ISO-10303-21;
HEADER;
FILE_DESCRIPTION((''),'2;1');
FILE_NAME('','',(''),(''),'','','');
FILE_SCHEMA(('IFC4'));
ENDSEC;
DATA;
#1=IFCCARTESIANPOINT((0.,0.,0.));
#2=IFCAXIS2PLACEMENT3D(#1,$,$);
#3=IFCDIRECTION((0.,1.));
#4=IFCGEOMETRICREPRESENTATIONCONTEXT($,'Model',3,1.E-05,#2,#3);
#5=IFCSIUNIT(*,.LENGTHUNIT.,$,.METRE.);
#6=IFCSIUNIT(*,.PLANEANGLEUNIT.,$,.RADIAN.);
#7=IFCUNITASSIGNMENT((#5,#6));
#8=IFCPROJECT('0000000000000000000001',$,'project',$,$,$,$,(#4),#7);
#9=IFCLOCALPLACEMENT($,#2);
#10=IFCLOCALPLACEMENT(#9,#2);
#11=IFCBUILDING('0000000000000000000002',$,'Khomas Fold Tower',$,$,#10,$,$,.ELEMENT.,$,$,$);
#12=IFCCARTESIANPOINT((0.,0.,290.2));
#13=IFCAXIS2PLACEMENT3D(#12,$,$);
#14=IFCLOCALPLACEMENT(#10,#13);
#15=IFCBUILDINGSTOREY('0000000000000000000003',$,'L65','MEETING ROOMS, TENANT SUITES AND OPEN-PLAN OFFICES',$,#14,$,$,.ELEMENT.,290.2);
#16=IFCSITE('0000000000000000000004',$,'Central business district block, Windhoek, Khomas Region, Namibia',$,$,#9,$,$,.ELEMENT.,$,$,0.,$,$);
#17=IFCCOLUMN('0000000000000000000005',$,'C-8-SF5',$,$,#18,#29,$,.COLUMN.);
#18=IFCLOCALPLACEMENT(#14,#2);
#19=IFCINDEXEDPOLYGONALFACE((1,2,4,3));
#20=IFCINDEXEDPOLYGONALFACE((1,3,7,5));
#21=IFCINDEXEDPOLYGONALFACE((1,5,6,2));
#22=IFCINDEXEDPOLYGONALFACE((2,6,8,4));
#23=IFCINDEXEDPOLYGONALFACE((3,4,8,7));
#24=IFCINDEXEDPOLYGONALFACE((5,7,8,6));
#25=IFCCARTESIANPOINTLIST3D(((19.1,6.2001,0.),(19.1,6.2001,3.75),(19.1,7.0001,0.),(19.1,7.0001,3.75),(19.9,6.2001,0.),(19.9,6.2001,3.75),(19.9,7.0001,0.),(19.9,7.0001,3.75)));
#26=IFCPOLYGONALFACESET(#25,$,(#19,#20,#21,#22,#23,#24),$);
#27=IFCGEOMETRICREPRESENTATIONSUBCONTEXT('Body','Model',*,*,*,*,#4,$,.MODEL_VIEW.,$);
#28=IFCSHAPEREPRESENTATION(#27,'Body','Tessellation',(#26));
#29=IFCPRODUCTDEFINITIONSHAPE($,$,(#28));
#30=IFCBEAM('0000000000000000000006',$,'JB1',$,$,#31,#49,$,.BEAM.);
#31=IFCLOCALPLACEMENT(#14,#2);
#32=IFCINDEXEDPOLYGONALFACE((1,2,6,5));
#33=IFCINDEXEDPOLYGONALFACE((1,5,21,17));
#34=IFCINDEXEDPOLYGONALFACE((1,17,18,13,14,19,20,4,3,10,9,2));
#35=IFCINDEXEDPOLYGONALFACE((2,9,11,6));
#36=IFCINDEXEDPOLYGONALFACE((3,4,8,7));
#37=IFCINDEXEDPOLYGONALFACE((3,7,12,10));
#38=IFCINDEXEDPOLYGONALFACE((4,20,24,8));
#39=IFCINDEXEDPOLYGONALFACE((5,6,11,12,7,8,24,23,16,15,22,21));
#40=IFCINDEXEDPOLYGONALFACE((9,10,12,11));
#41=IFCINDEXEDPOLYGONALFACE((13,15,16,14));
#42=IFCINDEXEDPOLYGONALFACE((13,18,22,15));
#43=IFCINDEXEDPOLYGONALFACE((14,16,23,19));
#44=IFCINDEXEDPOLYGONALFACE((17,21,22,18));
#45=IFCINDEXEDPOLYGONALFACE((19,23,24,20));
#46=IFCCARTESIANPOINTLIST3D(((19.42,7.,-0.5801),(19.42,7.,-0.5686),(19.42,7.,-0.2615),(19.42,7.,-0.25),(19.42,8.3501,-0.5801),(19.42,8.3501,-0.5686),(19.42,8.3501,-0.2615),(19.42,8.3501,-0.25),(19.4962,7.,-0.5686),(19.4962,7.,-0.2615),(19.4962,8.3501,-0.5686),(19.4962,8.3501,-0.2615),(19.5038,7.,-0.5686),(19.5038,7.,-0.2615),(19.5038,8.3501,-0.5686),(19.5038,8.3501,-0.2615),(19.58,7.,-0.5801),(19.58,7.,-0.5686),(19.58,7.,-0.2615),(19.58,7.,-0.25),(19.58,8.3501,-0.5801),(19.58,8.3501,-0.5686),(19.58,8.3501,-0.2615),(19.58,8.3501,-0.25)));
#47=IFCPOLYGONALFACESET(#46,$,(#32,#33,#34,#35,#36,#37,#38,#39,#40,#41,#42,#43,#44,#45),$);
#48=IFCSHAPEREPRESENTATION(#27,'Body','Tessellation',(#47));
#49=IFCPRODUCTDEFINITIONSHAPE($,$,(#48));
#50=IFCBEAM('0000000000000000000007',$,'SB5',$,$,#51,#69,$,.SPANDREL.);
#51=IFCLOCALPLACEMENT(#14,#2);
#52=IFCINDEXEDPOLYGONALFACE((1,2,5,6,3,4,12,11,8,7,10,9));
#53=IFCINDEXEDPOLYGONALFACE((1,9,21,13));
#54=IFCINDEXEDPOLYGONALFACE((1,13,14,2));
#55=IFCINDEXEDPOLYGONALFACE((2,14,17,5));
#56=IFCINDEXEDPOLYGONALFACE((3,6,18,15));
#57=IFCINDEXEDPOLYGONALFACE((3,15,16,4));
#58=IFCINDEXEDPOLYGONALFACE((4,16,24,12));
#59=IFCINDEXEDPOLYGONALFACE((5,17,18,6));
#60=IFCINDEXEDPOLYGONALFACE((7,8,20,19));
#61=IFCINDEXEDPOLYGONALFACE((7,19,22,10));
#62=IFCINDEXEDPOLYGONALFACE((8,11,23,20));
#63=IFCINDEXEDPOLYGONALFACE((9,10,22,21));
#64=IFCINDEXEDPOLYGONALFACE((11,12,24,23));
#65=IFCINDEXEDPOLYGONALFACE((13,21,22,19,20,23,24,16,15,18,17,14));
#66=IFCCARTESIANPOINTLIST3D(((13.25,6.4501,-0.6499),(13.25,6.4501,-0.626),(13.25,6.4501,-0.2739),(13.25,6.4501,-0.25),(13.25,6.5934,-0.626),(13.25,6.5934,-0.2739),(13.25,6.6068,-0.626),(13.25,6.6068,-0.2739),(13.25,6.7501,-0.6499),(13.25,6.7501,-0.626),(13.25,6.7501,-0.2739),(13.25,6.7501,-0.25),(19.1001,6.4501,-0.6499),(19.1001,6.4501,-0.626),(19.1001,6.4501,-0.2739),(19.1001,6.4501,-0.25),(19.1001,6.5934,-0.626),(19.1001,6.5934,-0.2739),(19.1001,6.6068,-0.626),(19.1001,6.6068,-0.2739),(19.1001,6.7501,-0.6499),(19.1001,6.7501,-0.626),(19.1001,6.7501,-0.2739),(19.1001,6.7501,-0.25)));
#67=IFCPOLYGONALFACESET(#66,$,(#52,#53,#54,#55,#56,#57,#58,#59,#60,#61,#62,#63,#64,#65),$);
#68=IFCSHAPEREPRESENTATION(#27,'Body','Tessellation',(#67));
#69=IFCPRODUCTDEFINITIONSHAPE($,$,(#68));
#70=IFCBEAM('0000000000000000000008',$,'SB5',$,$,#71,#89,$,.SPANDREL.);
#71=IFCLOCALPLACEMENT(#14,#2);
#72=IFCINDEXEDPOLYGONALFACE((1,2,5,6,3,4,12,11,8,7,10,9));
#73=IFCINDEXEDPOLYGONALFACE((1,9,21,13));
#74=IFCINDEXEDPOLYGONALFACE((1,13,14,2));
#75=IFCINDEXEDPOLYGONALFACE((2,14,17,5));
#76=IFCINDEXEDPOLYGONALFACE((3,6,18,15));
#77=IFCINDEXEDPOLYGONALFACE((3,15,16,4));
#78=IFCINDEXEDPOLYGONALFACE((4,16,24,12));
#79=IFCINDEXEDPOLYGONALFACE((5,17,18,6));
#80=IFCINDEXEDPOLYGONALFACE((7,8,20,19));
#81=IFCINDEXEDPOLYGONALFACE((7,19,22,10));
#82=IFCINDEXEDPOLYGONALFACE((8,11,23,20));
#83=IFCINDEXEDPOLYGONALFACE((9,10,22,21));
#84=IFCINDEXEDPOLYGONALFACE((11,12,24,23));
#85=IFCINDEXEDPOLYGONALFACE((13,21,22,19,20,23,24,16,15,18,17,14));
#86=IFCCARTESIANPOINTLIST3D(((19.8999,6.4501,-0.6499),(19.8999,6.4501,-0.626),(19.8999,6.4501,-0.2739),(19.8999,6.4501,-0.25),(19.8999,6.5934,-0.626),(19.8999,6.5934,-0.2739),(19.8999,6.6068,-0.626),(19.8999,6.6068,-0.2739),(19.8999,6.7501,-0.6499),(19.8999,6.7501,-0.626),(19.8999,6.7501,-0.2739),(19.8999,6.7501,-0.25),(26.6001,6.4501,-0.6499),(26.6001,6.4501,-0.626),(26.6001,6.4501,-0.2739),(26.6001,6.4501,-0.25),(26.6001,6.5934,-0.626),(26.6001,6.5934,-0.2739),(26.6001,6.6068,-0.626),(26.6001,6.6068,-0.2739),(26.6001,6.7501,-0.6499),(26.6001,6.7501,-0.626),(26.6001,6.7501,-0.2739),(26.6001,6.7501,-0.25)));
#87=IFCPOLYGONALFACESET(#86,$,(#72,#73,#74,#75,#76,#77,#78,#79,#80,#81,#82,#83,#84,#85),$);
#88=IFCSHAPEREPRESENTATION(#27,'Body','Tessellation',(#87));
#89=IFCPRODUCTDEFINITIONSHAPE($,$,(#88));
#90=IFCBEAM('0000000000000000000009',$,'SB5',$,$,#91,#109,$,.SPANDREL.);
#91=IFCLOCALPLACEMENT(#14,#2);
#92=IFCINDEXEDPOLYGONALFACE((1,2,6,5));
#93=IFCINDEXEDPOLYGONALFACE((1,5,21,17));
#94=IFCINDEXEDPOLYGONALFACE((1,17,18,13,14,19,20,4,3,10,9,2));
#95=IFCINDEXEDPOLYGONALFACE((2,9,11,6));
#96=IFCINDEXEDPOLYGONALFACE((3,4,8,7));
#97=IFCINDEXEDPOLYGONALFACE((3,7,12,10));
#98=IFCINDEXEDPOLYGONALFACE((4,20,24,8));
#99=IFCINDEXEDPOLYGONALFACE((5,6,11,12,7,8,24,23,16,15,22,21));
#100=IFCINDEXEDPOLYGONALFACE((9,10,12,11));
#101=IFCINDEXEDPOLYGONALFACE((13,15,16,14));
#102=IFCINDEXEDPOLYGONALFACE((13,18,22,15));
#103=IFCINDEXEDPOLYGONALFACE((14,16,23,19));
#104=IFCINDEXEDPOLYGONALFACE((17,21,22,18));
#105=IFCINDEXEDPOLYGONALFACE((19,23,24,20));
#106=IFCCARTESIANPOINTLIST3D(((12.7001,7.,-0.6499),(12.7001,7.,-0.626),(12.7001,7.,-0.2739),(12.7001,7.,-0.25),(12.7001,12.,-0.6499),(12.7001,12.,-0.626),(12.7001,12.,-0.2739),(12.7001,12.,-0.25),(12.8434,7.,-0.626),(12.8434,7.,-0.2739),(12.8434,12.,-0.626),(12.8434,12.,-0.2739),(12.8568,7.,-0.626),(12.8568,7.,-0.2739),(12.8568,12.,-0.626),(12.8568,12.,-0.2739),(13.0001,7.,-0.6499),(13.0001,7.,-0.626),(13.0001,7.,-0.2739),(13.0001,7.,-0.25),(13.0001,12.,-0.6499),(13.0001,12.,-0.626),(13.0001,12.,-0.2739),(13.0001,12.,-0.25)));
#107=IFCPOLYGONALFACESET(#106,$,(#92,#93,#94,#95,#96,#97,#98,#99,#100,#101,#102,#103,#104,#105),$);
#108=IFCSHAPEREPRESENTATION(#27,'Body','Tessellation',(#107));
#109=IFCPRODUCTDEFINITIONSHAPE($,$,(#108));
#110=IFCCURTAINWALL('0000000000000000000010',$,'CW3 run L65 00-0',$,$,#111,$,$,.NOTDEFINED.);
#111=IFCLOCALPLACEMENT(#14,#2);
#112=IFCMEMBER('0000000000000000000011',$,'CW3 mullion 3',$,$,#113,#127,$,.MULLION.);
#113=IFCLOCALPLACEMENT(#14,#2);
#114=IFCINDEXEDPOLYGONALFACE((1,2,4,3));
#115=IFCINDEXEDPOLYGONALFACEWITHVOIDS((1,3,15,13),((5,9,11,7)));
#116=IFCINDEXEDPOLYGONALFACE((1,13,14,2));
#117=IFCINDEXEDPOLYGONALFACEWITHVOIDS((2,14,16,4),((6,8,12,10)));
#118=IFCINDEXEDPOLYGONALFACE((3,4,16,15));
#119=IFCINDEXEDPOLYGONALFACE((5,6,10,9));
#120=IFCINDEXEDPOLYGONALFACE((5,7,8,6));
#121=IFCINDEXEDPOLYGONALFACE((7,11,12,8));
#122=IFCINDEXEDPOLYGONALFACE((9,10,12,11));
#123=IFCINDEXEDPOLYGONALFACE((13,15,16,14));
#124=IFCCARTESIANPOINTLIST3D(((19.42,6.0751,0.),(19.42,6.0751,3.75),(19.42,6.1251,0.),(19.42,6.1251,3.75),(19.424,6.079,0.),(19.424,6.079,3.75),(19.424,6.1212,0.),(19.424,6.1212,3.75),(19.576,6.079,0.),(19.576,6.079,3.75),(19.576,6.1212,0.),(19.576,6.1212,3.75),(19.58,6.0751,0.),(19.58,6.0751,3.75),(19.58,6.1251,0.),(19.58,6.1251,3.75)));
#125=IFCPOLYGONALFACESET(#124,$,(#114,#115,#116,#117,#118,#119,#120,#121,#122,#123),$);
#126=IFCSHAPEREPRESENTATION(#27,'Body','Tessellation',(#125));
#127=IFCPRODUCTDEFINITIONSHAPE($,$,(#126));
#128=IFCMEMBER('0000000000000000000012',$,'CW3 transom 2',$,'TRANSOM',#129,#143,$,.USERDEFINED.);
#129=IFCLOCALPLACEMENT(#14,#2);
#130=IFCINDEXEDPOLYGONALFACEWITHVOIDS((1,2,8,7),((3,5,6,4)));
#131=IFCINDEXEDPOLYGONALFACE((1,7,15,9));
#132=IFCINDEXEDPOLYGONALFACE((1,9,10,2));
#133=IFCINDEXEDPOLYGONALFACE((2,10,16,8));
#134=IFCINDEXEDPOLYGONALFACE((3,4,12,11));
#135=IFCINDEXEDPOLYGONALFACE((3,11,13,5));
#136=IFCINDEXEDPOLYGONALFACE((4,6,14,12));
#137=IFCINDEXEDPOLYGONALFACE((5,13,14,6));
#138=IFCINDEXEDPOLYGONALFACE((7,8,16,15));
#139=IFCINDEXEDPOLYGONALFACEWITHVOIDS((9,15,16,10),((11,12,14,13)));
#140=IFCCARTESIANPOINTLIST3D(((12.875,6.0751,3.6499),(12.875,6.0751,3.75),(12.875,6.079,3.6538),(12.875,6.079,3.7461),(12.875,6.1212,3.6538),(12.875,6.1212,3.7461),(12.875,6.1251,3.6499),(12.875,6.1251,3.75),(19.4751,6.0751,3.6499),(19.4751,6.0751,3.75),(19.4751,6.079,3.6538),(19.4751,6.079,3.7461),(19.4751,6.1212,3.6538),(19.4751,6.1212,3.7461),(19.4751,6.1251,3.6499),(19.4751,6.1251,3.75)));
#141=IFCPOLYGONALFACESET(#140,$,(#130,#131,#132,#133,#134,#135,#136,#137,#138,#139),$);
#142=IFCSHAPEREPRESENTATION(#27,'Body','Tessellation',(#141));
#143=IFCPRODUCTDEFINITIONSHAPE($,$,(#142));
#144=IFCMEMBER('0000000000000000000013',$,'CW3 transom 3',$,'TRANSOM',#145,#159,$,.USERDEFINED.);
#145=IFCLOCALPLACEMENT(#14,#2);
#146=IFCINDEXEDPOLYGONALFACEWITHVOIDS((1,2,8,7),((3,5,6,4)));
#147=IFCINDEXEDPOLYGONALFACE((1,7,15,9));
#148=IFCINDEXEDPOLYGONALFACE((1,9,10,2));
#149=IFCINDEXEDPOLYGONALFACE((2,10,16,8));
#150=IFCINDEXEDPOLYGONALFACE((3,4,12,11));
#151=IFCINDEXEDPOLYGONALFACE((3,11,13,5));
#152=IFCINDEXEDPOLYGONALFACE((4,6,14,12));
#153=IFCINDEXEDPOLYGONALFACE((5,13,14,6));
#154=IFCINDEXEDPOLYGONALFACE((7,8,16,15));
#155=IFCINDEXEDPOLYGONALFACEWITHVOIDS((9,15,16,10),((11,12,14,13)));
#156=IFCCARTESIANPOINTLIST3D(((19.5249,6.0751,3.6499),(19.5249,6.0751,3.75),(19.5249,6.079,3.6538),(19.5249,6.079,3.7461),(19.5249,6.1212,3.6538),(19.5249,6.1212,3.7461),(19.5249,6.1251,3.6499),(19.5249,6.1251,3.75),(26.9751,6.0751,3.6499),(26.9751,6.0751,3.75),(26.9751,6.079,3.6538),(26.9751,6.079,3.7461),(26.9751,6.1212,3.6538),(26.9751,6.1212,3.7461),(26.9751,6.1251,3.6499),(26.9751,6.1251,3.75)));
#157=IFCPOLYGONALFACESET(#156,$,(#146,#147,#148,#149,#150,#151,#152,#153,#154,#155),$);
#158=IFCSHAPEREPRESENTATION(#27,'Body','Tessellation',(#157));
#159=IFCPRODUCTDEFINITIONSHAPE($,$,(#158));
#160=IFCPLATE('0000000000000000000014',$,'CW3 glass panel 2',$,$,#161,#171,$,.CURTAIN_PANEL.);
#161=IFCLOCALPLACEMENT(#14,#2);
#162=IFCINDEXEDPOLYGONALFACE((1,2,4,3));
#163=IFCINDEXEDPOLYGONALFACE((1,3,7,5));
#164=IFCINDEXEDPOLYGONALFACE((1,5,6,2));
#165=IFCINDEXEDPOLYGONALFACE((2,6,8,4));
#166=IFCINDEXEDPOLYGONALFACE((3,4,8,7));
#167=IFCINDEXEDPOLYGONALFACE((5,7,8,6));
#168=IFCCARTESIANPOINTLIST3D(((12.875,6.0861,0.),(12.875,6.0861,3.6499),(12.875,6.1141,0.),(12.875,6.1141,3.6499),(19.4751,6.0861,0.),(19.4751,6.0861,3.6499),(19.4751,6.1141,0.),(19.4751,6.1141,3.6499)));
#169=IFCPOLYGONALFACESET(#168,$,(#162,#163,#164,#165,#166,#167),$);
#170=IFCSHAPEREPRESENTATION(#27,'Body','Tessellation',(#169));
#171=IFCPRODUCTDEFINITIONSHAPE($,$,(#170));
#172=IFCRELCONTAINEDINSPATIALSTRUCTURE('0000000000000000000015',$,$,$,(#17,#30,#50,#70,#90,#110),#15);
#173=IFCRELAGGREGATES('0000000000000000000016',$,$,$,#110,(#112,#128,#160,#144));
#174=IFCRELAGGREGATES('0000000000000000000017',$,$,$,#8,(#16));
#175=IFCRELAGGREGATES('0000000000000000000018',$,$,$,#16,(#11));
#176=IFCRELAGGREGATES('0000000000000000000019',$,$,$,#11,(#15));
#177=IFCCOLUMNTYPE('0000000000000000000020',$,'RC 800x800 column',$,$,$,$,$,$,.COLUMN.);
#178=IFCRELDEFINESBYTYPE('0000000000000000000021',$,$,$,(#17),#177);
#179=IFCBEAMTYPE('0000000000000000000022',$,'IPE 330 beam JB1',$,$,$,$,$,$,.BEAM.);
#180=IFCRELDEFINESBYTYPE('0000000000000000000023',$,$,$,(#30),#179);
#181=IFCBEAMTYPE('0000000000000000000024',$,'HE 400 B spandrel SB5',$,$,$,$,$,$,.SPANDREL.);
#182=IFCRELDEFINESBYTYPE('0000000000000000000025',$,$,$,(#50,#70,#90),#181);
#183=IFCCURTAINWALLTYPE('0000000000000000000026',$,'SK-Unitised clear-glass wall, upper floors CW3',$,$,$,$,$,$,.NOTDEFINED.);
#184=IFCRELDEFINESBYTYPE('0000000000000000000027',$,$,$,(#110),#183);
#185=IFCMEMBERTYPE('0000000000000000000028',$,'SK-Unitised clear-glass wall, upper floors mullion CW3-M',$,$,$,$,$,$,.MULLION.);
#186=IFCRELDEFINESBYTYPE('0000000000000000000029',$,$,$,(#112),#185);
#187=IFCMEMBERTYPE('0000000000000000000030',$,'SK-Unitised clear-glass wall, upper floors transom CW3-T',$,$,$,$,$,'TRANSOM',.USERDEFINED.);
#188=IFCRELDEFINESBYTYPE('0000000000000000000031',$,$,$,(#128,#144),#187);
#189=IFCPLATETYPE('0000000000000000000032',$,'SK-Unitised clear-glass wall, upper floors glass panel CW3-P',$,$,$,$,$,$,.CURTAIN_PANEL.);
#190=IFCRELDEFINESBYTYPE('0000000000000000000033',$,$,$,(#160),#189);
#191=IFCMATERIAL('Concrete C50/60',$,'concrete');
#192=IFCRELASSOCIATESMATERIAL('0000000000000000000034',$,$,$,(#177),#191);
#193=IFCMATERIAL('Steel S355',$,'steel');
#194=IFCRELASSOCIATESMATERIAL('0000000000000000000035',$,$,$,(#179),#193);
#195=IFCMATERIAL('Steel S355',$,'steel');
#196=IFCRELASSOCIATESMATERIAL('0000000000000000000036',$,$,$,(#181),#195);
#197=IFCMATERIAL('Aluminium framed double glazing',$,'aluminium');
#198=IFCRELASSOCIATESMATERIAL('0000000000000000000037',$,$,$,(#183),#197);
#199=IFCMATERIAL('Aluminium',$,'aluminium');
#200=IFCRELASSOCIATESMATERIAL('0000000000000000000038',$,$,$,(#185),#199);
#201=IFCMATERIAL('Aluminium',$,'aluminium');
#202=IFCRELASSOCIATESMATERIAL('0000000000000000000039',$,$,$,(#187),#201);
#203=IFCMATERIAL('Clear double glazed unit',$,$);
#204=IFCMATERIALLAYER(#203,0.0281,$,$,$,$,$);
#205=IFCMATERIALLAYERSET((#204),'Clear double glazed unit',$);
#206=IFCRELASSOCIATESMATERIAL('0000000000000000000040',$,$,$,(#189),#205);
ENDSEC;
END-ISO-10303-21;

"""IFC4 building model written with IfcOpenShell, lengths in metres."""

from ifc_helpers import new_model, si_unit, direction, frame, origin, origin_2d, place, context, subcontext, project, spatial, rectangle, hollow_rectangle, i_section, extrude, source, transform, mapped, material, layer, layer_set, material_profile, profile_set, type_object, element, aggregate, save


model = new_model("IFC4")

# Units and contexts
model_context = context("Model", 3, precision=1e-05, world=origin(), true_north=direction((0.0, 1.0)))
body_context = subcontext(model_context, "Body", "Model", "MODEL_VIEW")
ifc_project = project(units=[si_unit("LENGTHUNIT", "METRE"), si_unit("PLANEANGLEUNIT", "RADIAN")], contexts=[model_context])

# Site, building, storey
site_placement = place(None, origin())
site = spatial("IfcSite", under=ifc_project, at=site_placement, Name="Central business district block, Windhoek, Khomas Region, Namibia", CompositionType="ELEMENT", RefElevation=0.0)
building_placement = place(site_placement, origin())
building = spatial("IfcBuilding", under=site, at=building_placement, Name="Khomas Fold Tower", CompositionType="ELEMENT")
storey_placement = place(building_placement, frame((0.0, 0.0, 290.2)))
storey = spatial("IfcBuildingStorey", under=building, at=storey_placement, Name="L65", Description="MEETING ROOMS, TENANT SUITES AND OPEN-PLAN OFFICES", CompositionType="ELEMENT", Elevation=290.2)

# Column
ifc_material_1 = material(Name="Concrete C50/60", Category="concrete")
ifc_material_profile_1 = material_profile(ifc_material_1, rectangle(XDim=0.8, YDim=0.8, at=origin_2d()), Name="RC 800x800")
ifc_profile_set_1 = profile_set([ifc_material_profile_1], Name="Concrete C50/60")
column_type = type_object("IfcColumnType", Name="RC 800x800 column", PredefinedType="COLUMN", material=ifc_profile_set_1)
shared_shape_1 = source(origin(), body_context, "Body", "SweptSolid", [
    extrude(rectangle(XDim=0.8, YDim=0.8, at=origin_2d()), origin(), (0.0, 0.0, 1.0), 3.75),
])
column_placement = place(storey_placement, frame((19.5, 6.6001, 0.0), z_axis=(0.0, 0.0, 1.0), x_axis=(1.0, 0.0, 0.0)))
element("IfcColumn", 1, at=column_placement, inside=storey, type_object=column_type, Name="C-8-SF5", PredefinedType="COLUMN", context=body_context, shape_type="MappedRepresentation", body=[
    mapped(shared_shape_1, transform((0.0, 0.0, 0.0))),
])

# Beams
ifc_material_2 = material(Name="Steel S355", Category="steel")
ifc_material_profile_2 = material_profile(ifc_material_2, i_section(OverallWidth=0.1599, OverallDepth=0.3301, WebThickness=0.0076, FlangeThickness=0.0115, at=origin_2d()), Name="IPE 330")
ifc_profile_set_2 = profile_set([ifc_material_profile_2], Name="Steel S355")
beam_type_1 = type_object("IfcBeamType", Name="IPE 330 beam JB1", PredefinedType="BEAM", material=ifc_profile_set_2)
shared_shape_2 = source(origin(), body_context, "Body", "SweptSolid", [
    extrude(i_section(OverallWidth=0.1599, OverallDepth=0.3301, WebThickness=0.0076, FlangeThickness=0.0115, at=origin_2d()), origin(), (0.0, 0.0, 1.0), 1.3501),
])
beam_1_placement = place(storey_placement, frame((19.5, 7.0, -0.415), z_axis=(0.0, 1.0, 0.0), x_axis=(-1.0, 0.0, 0.0)))
element("IfcBeam", 2, at=beam_1_placement, inside=storey, type_object=beam_type_1, Name="JB1", PredefinedType="BEAM", context=body_context, shape_type="MappedRepresentation", body=[
    mapped(shared_shape_2, transform((0.0, 0.0, 0.0))),
])
ifc_material_3 = material(Name="Steel S355", Category="steel")
ifc_material_profile_3 = material_profile(ifc_material_3, i_section(OverallWidth=0.3, OverallDepth=0.3999, WebThickness=0.0134, FlangeThickness=0.0239, at=origin_2d()), Name="HE 400 B")
ifc_profile_set_3 = profile_set([ifc_material_profile_3], Name="Steel S355")
beam_type_2 = type_object("IfcBeamType", Name="HE 400 B spandrel SB5", PredefinedType="SPANDREL", material=ifc_profile_set_3)
shared_shape_3 = source(origin(), body_context, "Body", "SweptSolid", [
    extrude(i_section(OverallWidth=0.3, OverallDepth=0.3999, WebThickness=0.0134, FlangeThickness=0.0239, at=origin_2d()), origin(), (0.0, 0.0, 1.0), 5.8501),
])
beam_2_placement = place(storey_placement, frame((13.25, 6.6001, -0.45), z_axis=(1.0, 0.0, 0.0), x_axis=(0.0, 1.0, 0.0)))
element("IfcBeam", 3, at=beam_2_placement, inside=storey, type_object=beam_type_2, Name="SB5", PredefinedType="SPANDREL", context=body_context, shape_type="MappedRepresentation", body=[
    mapped(shared_shape_3, transform((0.0, 0.0, 0.0))),
])
shared_shape_4 = source(origin(), body_context, "Body", "SweptSolid", [
    extrude(i_section(OverallWidth=0.3, OverallDepth=0.3999, WebThickness=0.0134, FlangeThickness=0.0239, at=origin_2d()), origin(), (0.0, 0.0, 1.0), 6.7002),
])
beam_3_placement = place(storey_placement, frame((19.8999, 6.6001, -0.45), z_axis=(1.0, 0.0, 0.0), x_axis=(0.0, 1.0, 0.0)))
element("IfcBeam", 4, at=beam_3_placement, inside=storey, type_object=beam_type_2, Name="SB5", PredefinedType="SPANDREL", context=body_context, shape_type="MappedRepresentation", body=[
    mapped(shared_shape_4, transform((0.0, 0.0, 0.0))),
])
shared_shape_5 = source(origin(), body_context, "Body", "SweptSolid", [
    extrude(i_section(OverallWidth=0.3, OverallDepth=0.3999, WebThickness=0.0134, FlangeThickness=0.0239, at=origin_2d()), origin(), (0.0, 0.0, 1.0), 5.0),
])
beam_4_placement = place(storey_placement, frame((12.8501, 7.0, -0.45), z_axis=(0.0, 1.0, 0.0), x_axis=(-1.0, 0.0, 0.0)))
element("IfcBeam", 5, at=beam_4_placement, inside=storey, type_object=beam_type_2, Name="SB5", PredefinedType="SPANDREL", context=body_context, shape_type="MappedRepresentation", body=[
    mapped(shared_shape_5, transform((0.0, 0.0, 0.0))),
])

# Curtain wall, members, plate
ifc_material_4 = material(Name="Aluminium framed double glazing", Category="aluminium")
curtain_wall_type = type_object("IfcCurtainWallType", Name="SK-Unitised clear-glass wall, upper floors CW3", PredefinedType="NOTDEFINED", material=ifc_material_4)
curtain_wall_placement = place(storey_placement, origin())
curtain_wall = element("IfcCurtainWall", 6, at=curtain_wall_placement, inside=storey, type_object=curtain_wall_type, Name="CW3 run L65 00-0", PredefinedType="NOTDEFINED")
ifc_material_5 = material(Name="Aluminium", Category="aluminium")
ifc_material_profile_4 = material_profile(ifc_material_5, hollow_rectangle(XDim=0.05, YDim=0.1599, WallThickness=0.0039, at=origin_2d()), Name="SK-Unitised clear-glass wall, upper floors mullion CW3-M")
ifc_profile_set_4 = profile_set([ifc_material_profile_4], Name="Aluminium")
member_type_1 = type_object("IfcMemberType", Name="SK-Unitised clear-glass wall, upper floors mullion CW3-M", PredefinedType="MULLION", material=ifc_profile_set_4)
shared_shape_6 = source(origin(), body_context, "Body", "SweptSolid", [
    extrude(hollow_rectangle(XDim=0.05, YDim=0.1599, WallThickness=0.0039, at=origin_2d()), origin(), (0.0, 0.0, 1.0), 3.75),
])
member_1_placement = place(storey_placement, frame((19.5, 6.1001, 0.0), z_axis=(0.0, 0.0, 1.0), x_axis=(0.0, 1.0, 0.0)))
member_1 = element("IfcMember", 7, at=member_1_placement, type_object=member_type_1, Name="CW3 mullion 3", PredefinedType="MULLION", context=body_context, shape_type="MappedRepresentation", body=[
    mapped(shared_shape_6, transform((0.0, 0.0, 0.0))),
])
ifc_material_6 = material(Name="Aluminium", Category="aluminium")
ifc_material_profile_5 = material_profile(ifc_material_6, hollow_rectangle(XDim=0.05, YDim=0.1001, WallThickness=0.0039, at=origin_2d()), Name="SK-Unitised clear-glass wall, upper floors transom CW3-T")
ifc_profile_set_5 = profile_set([ifc_material_profile_5], Name="Aluminium")
member_type_2 = type_object("IfcMemberType", Name="SK-Unitised clear-glass wall, upper floors transom CW3-T", ElementType="TRANSOM", PredefinedType="USERDEFINED", material=ifc_profile_set_5)
shared_shape_7 = source(origin(), body_context, "Body", "SweptSolid", [
    extrude(hollow_rectangle(XDim=0.05, YDim=0.1001, WallThickness=0.0039, at=origin_2d()), origin(), (0.0, 0.0, 1.0), 6.6001),
])
member_2_placement = place(storey_placement, frame((12.875, 6.1001, 3.7), z_axis=(1.0, 0.0, 0.0), x_axis=(0.0, 1.0, 0.0)))
member_2 = element("IfcMember", 8, at=member_2_placement, type_object=member_type_2, Name="CW3 transom 2", ObjectType="TRANSOM", PredefinedType="USERDEFINED", context=body_context, shape_type="MappedRepresentation", body=[
    mapped(shared_shape_7, transform((0.0, 0.0, 0.0))),
])
shared_shape_8 = source(origin(), body_context, "Body", "SweptSolid", [
    extrude(hollow_rectangle(XDim=0.05, YDim=0.1001, WallThickness=0.0039, at=origin_2d()), origin(), (0.0, 0.0, 1.0), 7.4502),
])
member_3_placement = place(storey_placement, frame((19.5249, 6.1001, 3.7), z_axis=(1.0, 0.0, 0.0), x_axis=(0.0, 1.0, 0.0)))
member_3 = element("IfcMember", 9, at=member_3_placement, type_object=member_type_2, Name="CW3 transom 3", ObjectType="TRANSOM", PredefinedType="USERDEFINED", context=body_context, shape_type="MappedRepresentation", body=[
    mapped(shared_shape_8, transform((0.0, 0.0, 0.0))),
])
ifc_material_7 = material(Name="Clear double glazed unit")
ifc_layer_1 = layer(ifc_material_7, 0.0281)
ifc_layer_set_1 = layer_set([ifc_layer_1], Name="Clear double glazed unit")
plate_type = type_object("IfcPlateType", Name="SK-Unitised clear-glass wall, upper floors glass panel CW3-P", PredefinedType="CURTAIN_PANEL", material=ifc_layer_set_1)
shared_shape_9 = source(origin(), body_context, "Body", "SweptSolid", [
    extrude(rectangle(XDim=6.6001, YDim=0.0281, at=origin_2d()), origin(), (0.0, 0.0, 1.0), 3.6499),
])
plate_1_placement = place(storey_placement, frame((16.175, 6.1001, 0.0), z_axis=(0.0, 0.0, 1.0), x_axis=(1.0, 0.0, 0.0)))
plate_1 = element("IfcPlate", 10, at=plate_1_placement, type_object=plate_type, Name="CW3 glass panel 2", PredefinedType="CURTAIN_PANEL", context=body_context, shape_type="MappedRepresentation", body=[
    mapped(shared_shape_9, transform((0.0, 0.0, 0.0))),
])
aggregate(curtain_wall, [member_1, member_2, plate_1, member_3])

save(model, "model.ifc")
